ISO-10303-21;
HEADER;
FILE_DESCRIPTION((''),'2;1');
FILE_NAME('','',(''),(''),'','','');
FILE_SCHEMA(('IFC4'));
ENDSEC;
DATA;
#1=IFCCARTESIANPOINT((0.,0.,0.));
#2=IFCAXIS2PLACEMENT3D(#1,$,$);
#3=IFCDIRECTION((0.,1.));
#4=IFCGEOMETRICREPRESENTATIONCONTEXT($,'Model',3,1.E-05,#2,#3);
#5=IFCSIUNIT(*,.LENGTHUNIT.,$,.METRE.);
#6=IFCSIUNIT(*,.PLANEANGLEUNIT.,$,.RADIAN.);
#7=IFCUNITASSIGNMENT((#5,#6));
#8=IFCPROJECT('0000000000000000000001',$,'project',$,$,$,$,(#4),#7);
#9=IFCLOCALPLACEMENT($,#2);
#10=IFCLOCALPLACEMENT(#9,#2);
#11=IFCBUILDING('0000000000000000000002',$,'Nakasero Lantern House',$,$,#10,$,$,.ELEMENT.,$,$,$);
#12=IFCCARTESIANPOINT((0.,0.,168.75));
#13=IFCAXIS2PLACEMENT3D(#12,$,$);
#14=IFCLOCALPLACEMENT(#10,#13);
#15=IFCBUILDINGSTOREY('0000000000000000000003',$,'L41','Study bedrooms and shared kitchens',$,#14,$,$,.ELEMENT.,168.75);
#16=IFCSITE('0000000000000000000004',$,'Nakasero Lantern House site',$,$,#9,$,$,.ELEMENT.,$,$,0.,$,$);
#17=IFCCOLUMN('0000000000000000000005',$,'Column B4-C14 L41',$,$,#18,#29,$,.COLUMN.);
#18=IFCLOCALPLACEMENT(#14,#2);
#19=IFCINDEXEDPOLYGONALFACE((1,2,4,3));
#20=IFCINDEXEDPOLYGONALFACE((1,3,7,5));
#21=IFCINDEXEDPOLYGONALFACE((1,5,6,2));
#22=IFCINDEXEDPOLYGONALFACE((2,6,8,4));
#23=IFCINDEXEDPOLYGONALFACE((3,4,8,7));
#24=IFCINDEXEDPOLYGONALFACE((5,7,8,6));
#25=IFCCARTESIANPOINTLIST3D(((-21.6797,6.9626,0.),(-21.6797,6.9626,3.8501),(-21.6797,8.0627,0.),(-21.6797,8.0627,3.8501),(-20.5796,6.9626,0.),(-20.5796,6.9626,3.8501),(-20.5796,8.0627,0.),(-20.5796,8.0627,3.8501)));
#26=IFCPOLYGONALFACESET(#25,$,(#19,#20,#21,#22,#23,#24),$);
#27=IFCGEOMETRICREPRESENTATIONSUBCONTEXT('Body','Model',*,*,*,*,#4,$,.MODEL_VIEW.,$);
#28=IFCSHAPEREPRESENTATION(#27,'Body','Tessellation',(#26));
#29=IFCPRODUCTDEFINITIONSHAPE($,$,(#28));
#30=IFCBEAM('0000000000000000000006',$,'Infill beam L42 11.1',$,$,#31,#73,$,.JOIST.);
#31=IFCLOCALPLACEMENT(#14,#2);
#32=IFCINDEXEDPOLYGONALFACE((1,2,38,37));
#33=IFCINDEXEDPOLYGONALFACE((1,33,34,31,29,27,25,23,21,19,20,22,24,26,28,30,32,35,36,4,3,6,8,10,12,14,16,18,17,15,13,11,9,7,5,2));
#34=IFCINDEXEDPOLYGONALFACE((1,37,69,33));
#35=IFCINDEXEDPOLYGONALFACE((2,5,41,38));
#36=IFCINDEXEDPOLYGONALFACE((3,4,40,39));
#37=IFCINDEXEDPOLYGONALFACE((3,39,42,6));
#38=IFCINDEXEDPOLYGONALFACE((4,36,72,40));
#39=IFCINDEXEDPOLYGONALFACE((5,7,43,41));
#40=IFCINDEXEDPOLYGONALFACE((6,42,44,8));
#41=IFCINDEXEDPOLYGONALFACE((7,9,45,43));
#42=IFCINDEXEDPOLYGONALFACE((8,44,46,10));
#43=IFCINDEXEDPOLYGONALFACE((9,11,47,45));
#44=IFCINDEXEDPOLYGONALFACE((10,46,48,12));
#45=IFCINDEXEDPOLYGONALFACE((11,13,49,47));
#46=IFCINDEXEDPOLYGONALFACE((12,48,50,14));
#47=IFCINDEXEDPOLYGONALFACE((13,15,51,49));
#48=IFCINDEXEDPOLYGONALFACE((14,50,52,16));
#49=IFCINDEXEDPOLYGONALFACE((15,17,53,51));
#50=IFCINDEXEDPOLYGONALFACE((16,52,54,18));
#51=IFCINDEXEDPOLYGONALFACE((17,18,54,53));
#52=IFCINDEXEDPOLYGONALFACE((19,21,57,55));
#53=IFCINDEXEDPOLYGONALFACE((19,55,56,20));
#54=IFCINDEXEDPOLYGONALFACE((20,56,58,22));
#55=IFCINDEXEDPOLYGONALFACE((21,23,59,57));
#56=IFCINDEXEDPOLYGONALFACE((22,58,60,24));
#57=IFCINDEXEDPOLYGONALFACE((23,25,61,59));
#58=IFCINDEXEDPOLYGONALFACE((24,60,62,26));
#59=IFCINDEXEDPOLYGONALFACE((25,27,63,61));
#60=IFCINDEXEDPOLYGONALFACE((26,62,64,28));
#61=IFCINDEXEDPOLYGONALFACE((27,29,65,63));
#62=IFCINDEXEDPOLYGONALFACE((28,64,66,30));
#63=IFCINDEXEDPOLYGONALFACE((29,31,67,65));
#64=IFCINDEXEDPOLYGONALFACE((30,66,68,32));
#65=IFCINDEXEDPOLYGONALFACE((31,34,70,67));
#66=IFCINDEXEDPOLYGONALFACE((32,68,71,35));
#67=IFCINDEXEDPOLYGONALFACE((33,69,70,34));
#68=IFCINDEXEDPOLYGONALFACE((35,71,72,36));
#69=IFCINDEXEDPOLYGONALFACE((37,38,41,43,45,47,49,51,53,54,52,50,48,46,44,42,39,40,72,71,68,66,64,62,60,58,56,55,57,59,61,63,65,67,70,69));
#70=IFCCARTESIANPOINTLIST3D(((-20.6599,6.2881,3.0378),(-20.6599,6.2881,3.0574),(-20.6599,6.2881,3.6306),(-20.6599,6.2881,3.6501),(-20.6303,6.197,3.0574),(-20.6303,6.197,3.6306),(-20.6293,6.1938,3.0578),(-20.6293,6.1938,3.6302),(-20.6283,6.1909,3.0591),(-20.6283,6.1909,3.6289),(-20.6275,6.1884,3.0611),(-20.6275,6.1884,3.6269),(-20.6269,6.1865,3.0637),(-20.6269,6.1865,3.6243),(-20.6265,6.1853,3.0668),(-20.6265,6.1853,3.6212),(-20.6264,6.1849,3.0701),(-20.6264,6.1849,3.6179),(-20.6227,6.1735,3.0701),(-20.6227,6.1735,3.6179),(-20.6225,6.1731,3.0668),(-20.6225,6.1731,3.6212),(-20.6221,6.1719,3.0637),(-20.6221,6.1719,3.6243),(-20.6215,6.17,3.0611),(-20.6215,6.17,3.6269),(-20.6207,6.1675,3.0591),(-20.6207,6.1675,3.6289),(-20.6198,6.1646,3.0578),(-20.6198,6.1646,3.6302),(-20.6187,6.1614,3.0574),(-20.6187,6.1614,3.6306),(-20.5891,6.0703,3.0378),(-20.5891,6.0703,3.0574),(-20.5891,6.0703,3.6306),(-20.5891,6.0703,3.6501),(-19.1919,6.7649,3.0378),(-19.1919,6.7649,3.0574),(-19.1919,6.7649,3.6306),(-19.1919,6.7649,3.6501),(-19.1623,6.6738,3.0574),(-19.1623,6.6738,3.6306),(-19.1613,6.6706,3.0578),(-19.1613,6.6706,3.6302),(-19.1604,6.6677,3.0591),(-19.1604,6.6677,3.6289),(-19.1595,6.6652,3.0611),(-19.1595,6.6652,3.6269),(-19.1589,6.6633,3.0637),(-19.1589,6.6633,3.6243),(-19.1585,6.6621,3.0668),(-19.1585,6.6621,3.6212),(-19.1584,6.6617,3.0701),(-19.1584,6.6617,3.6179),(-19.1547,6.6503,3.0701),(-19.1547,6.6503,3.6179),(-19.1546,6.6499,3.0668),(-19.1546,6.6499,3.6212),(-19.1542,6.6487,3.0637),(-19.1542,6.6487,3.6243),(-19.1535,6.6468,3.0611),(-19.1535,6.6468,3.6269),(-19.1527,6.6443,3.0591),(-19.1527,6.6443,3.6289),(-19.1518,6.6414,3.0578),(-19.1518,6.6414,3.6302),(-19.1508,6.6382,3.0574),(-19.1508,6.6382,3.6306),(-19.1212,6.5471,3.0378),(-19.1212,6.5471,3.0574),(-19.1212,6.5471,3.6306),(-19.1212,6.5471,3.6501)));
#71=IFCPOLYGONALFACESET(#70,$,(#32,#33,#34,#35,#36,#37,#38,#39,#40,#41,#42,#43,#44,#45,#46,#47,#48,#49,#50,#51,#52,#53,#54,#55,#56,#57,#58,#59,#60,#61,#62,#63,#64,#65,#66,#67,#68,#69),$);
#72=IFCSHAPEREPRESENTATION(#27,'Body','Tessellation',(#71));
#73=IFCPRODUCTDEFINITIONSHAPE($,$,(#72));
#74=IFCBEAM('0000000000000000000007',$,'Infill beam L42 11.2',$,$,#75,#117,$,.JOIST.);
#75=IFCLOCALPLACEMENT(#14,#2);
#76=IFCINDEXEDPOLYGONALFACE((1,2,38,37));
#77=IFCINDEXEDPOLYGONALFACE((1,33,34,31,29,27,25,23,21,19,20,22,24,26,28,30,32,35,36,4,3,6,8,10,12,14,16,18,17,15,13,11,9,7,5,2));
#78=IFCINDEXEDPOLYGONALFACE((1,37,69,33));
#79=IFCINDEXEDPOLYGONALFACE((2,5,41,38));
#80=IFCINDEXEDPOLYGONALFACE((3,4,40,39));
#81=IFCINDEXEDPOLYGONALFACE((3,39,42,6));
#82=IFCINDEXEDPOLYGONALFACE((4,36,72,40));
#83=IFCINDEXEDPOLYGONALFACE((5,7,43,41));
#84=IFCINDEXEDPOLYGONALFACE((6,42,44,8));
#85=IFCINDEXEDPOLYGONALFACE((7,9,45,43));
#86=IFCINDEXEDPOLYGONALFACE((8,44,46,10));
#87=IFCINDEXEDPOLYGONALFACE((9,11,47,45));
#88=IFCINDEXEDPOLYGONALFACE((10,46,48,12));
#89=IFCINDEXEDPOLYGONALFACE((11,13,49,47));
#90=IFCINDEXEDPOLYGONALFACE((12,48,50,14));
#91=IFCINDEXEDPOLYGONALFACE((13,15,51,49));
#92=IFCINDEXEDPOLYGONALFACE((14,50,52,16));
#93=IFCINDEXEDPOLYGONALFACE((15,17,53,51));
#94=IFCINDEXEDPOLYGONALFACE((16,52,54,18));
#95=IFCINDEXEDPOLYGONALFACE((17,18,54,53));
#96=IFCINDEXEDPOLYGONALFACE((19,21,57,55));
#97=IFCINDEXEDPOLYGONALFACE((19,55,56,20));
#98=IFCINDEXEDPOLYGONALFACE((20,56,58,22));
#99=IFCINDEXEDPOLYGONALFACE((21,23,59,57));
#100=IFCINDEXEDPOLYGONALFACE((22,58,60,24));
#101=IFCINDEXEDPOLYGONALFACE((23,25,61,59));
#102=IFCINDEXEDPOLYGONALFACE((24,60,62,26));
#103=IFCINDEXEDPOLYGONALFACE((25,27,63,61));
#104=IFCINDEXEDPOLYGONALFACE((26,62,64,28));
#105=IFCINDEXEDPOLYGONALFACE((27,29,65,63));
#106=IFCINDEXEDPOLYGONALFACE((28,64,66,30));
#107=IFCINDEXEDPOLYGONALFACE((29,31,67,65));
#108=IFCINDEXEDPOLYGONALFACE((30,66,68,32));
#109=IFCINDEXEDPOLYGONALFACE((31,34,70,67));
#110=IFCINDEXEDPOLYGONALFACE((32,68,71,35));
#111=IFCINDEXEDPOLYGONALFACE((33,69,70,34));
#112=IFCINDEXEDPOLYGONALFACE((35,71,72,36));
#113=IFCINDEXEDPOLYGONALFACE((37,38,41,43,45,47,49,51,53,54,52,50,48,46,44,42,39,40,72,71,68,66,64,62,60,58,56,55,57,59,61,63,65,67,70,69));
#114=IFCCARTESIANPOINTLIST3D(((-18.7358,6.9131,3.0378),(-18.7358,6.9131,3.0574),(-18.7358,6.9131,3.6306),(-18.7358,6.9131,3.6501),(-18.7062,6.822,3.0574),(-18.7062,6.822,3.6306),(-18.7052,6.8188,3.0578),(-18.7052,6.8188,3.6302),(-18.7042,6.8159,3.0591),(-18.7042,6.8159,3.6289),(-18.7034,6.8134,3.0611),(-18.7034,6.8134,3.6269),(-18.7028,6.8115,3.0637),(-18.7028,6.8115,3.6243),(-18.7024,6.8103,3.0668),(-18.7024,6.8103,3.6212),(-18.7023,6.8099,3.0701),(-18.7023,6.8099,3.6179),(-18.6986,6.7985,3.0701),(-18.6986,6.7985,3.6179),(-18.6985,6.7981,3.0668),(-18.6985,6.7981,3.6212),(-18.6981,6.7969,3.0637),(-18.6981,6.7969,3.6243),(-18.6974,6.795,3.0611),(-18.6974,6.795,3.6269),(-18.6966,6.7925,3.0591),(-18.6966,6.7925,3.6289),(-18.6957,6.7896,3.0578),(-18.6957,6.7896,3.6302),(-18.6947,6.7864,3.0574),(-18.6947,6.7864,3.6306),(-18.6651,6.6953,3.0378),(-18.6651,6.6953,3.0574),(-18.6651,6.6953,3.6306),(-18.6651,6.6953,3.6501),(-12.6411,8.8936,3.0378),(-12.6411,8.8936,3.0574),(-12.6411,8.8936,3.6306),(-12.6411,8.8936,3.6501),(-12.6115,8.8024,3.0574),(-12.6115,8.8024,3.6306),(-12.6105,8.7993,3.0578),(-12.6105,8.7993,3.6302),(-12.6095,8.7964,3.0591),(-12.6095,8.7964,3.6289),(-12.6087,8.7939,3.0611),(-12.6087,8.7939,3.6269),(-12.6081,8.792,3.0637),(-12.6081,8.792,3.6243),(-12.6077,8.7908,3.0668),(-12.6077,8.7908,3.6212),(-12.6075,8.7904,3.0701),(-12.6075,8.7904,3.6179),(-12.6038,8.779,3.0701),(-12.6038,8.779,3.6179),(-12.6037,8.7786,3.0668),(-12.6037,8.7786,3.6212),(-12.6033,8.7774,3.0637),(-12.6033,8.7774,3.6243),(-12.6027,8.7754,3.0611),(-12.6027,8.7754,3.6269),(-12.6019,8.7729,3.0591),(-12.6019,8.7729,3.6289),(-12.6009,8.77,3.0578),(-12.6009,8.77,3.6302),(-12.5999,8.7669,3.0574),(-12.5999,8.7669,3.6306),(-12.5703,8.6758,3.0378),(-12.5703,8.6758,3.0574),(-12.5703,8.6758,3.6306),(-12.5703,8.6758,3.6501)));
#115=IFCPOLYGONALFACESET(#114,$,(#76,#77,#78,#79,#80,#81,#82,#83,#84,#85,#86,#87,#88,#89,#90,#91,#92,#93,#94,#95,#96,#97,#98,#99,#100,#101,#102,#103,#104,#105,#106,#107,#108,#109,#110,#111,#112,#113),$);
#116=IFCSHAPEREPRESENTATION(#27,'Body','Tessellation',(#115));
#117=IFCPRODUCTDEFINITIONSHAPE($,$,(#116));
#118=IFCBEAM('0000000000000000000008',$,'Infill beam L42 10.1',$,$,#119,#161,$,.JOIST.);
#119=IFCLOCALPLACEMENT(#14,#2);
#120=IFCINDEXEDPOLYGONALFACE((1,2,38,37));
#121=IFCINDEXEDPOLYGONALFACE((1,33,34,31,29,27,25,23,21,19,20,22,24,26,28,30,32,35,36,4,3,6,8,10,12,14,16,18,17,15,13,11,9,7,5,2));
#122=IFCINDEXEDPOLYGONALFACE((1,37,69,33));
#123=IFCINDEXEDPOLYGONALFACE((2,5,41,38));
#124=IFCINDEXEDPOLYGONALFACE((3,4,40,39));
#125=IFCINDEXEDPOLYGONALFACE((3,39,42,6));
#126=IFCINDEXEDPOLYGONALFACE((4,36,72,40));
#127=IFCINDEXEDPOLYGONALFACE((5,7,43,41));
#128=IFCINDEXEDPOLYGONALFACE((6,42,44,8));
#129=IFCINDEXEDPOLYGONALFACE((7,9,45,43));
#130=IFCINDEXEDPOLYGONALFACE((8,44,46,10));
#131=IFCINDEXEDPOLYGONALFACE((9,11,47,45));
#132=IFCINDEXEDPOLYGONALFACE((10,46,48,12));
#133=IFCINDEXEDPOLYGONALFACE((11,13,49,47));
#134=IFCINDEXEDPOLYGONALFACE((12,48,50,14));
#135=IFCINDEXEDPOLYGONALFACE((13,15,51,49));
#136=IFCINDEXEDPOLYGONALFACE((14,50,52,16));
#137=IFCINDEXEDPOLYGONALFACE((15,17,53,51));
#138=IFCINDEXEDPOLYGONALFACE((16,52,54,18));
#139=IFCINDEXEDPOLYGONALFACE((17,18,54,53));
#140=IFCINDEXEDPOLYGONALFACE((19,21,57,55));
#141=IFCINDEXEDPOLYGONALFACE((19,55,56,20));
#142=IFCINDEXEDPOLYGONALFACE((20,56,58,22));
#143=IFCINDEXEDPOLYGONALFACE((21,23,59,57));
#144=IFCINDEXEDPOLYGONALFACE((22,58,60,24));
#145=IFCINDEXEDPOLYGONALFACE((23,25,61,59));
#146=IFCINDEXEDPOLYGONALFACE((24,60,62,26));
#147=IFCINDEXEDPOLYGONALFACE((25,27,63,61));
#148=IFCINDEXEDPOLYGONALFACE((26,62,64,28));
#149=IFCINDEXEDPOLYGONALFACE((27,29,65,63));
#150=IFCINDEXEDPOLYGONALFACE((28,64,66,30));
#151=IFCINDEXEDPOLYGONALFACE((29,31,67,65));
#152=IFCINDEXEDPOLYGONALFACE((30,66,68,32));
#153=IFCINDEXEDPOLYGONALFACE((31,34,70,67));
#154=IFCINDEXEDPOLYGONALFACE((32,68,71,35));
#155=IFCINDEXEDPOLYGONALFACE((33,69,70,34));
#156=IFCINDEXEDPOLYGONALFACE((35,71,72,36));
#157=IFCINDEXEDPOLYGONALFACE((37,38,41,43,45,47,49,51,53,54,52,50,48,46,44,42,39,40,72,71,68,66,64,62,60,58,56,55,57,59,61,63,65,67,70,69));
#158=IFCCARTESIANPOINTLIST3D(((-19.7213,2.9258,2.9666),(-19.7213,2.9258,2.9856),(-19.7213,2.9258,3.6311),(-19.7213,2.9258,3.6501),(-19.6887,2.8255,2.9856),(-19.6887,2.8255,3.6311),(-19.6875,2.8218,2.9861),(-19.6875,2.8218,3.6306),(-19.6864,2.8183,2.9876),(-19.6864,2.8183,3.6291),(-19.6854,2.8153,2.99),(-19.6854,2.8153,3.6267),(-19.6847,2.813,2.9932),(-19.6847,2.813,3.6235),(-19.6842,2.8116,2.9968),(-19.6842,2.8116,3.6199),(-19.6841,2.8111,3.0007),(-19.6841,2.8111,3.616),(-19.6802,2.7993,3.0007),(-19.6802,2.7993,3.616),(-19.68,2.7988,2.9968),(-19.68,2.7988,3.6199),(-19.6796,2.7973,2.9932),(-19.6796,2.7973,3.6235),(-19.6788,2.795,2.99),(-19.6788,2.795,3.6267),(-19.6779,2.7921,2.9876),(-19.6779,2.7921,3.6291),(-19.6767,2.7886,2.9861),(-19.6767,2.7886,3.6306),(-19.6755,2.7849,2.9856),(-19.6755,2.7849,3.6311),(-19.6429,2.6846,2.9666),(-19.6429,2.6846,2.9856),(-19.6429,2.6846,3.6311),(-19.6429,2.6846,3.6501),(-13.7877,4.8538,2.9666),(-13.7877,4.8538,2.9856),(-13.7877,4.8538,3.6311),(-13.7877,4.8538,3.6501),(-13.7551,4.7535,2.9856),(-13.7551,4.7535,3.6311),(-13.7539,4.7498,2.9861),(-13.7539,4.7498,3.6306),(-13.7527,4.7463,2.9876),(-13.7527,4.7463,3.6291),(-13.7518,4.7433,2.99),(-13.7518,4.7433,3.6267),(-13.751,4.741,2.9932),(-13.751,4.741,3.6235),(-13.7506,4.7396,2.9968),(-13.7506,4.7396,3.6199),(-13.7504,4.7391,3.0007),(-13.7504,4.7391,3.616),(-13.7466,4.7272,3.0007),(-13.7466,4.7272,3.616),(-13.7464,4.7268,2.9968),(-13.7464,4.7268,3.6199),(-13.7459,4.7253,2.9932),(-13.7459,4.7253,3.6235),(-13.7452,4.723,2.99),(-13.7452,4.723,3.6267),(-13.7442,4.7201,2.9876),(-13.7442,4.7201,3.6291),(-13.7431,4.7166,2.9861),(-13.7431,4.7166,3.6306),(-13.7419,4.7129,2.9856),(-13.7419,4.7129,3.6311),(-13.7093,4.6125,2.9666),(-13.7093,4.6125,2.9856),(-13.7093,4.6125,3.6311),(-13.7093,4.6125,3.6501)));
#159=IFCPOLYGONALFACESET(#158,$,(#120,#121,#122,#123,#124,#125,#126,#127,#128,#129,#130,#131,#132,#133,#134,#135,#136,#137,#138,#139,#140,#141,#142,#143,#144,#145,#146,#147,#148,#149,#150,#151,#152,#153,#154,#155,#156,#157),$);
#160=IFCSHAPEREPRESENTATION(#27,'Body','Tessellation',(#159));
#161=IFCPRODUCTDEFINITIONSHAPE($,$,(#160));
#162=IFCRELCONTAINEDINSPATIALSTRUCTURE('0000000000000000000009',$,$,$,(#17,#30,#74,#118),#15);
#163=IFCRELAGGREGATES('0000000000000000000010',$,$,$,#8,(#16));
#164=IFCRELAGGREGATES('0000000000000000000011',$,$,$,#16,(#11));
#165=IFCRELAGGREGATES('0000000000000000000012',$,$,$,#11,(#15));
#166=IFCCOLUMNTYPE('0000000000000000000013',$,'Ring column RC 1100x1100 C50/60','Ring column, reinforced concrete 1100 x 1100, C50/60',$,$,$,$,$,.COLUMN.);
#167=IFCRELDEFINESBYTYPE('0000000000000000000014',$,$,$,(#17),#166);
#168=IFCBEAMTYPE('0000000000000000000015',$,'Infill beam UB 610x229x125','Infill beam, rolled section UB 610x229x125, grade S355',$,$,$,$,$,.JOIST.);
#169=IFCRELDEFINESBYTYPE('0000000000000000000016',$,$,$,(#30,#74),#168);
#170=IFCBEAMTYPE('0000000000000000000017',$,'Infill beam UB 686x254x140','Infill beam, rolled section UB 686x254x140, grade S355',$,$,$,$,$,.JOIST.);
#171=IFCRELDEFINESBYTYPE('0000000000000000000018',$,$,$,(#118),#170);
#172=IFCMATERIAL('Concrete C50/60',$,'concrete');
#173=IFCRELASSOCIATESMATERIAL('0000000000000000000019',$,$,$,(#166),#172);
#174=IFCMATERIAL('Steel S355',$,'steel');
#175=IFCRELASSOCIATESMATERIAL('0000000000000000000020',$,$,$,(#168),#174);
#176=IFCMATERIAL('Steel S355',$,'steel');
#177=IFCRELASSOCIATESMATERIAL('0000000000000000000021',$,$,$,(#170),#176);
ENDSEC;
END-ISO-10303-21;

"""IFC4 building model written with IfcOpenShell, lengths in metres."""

from ifc_helpers import new_model, si_unit, direction, frame, origin, origin_2d, place, context, subcontext, project, spatial, rectangle, i_section, extrude, material, material_profile, profile_set, type_object, element, save


model = new_model("IFC4")

# Units and contexts
model_context = context("Model", 3, precision=1e-05, world=origin(), true_north=direction((0.0, 1.0)))
body_context = subcontext(model_context, "Body", "Model", "MODEL_VIEW")
ifc_project = project(units=[si_unit("LENGTHUNIT", "METRE"), si_unit("PLANEANGLEUNIT", "RADIAN")], contexts=[model_context])

# Site, building, storey
site_placement = place(None, origin())
site = spatial("IfcSite", under=ifc_project, at=site_placement, Name="Nakasero Lantern House site", CompositionType="ELEMENT", RefElevation=0.0)
building_placement = place(site_placement, origin())
building = spatial("IfcBuilding", under=site, at=building_placement, Name="Nakasero Lantern House", CompositionType="ELEMENT")
storey_placement = place(building_placement, frame((0.0, 0.0, 168.75)))
storey = spatial("IfcBuildingStorey", under=building, at=storey_placement, Name="L41", Description="Study bedrooms and shared kitchens", CompositionType="ELEMENT", Elevation=168.75)

# Column
ifc_material_1 = material(Name="Concrete C50/60", Category="concrete")
ifc_material_profile_1 = material_profile(ifc_material_1, rectangle(XDim=1.1001, YDim=1.1001, at=origin_2d()), Name="RC 1100x1100")
ifc_profile_set_1 = profile_set([ifc_material_profile_1], Name="Concrete C50/60")
column_type = type_object("IfcColumnType", Name="Ring column RC 1100x1100 C50/60", Description="Ring column, reinforced concrete 1100 x 1100, C50/60", PredefinedType="COLUMN", material=ifc_profile_set_1)
column_placement = place(storey_placement, frame((-21.1296, 7.5127, 0.0), z_axis=(0.0, 0.0, 1.0), x_axis=(1.0, 0.0, 0.0)))
element("IfcColumn", 1, at=column_placement, inside=storey, type_object=column_type, Name="Column B4-C14 L41", PredefinedType="COLUMN", context=body_context, shape_type="SweptSolid", body=[
    extrude(rectangle(XDim=1.1001, YDim=1.1001, at=origin_2d()), origin(), (0.0, 0.0, 1.0), 3.8501),
])

# Beams
ifc_material_2 = material(Name="Steel S355", Category="steel")
ifc_material_profile_2 = material_profile(ifc_material_2, i_section(OverallWidth=0.229, OverallDepth=0.6123, WebThickness=0.012, FlangeThickness=0.0195, FilletRadius=0.0127, at=origin_2d()), Name="UB 610x229x125")
ifc_profile_set_2 = profile_set([ifc_material_profile_2], Name="Steel S355")
beam_type_1 = type_object("IfcBeamType", Name="Infill beam UB 610x229x125", Description="Infill beam, rolled section UB 610x229x125, grade S355", PredefinedType="JOIST", material=ifc_profile_set_2)
beam_1_placement = place(storey_placement, frame((-20.6245, 6.1792, 3.344), z_axis=(0.951091, 0.308911, 0.0), x_axis=(-0.308911, 0.951091, 0.0)))
element("IfcBeam", 2, at=beam_1_placement, inside=storey, type_object=beam_type_1, Name="Infill beam L42 11.1", PredefinedType="JOIST", context=body_context, shape_type="SweptSolid", body=[
    extrude(i_section(OverallWidth=0.229, OverallDepth=0.6123, WebThickness=0.012, FlangeThickness=0.0195, FilletRadius=0.0127, at=origin_2d()), origin(), (0.0, 0.0, 1.0), 1.5435),
])
beam_2_placement = place(storey_placement, frame((-18.7004, 6.8042, 3.344), z_axis=(0.951049, 0.309041, 0.0), x_axis=(-0.309041, 0.951049, 0.0)))
element("IfcBeam", 3, at=beam_2_placement, inside=storey, type_object=beam_type_1, Name="Infill beam L42 11.2", PredefinedType="JOIST", context=body_context, shape_type="SweptSolid", body=[
    extrude(i_section(OverallWidth=0.229, OverallDepth=0.6123, WebThickness=0.012, FlangeThickness=0.0195, FilletRadius=0.0127, at=origin_2d()), origin(), (0.0, 0.0, 1.0), 6.4084),
])
ifc_material_3 = material(Name="Steel S355", Category="steel")
ifc_material_profile_3 = material_profile(ifc_material_3, i_section(OverallWidth=0.2537, OverallDepth=0.6836, WebThickness=0.0125, FlangeThickness=0.019, FilletRadius=0.0151, at=origin_2d()), Name="UB 686x254x140")
ifc_profile_set_3 = profile_set([ifc_material_profile_3], Name="Steel S355")
beam_type_2 = type_object("IfcBeamType", Name="Infill beam UB 686x254x140", Description="Infill beam, rolled section UB 686x254x140, grade S355", PredefinedType="JOIST", material=ifc_profile_set_3)
beam_3_placement = place(storey_placement, frame((-19.6821, 2.8052, 3.3083), z_axis=(0.951055, 0.309022, 0.0), x_axis=(-0.309022, 0.951055, 0.0)))
element("IfcBeam", 4, at=beam_3_placement, inside=storey, type_object=beam_type_2, Name="Infill beam L42 10.1", PredefinedType="JOIST", context=body_context, shape_type="SweptSolid", body=[
    extrude(i_section(OverallWidth=0.2537, OverallDepth=0.6836, WebThickness=0.0125, FlangeThickness=0.019, FilletRadius=0.0151, at=origin_2d()), origin(), (0.0, 0.0, 1.0), 6.239),
])

save(model, "model.ifc")
